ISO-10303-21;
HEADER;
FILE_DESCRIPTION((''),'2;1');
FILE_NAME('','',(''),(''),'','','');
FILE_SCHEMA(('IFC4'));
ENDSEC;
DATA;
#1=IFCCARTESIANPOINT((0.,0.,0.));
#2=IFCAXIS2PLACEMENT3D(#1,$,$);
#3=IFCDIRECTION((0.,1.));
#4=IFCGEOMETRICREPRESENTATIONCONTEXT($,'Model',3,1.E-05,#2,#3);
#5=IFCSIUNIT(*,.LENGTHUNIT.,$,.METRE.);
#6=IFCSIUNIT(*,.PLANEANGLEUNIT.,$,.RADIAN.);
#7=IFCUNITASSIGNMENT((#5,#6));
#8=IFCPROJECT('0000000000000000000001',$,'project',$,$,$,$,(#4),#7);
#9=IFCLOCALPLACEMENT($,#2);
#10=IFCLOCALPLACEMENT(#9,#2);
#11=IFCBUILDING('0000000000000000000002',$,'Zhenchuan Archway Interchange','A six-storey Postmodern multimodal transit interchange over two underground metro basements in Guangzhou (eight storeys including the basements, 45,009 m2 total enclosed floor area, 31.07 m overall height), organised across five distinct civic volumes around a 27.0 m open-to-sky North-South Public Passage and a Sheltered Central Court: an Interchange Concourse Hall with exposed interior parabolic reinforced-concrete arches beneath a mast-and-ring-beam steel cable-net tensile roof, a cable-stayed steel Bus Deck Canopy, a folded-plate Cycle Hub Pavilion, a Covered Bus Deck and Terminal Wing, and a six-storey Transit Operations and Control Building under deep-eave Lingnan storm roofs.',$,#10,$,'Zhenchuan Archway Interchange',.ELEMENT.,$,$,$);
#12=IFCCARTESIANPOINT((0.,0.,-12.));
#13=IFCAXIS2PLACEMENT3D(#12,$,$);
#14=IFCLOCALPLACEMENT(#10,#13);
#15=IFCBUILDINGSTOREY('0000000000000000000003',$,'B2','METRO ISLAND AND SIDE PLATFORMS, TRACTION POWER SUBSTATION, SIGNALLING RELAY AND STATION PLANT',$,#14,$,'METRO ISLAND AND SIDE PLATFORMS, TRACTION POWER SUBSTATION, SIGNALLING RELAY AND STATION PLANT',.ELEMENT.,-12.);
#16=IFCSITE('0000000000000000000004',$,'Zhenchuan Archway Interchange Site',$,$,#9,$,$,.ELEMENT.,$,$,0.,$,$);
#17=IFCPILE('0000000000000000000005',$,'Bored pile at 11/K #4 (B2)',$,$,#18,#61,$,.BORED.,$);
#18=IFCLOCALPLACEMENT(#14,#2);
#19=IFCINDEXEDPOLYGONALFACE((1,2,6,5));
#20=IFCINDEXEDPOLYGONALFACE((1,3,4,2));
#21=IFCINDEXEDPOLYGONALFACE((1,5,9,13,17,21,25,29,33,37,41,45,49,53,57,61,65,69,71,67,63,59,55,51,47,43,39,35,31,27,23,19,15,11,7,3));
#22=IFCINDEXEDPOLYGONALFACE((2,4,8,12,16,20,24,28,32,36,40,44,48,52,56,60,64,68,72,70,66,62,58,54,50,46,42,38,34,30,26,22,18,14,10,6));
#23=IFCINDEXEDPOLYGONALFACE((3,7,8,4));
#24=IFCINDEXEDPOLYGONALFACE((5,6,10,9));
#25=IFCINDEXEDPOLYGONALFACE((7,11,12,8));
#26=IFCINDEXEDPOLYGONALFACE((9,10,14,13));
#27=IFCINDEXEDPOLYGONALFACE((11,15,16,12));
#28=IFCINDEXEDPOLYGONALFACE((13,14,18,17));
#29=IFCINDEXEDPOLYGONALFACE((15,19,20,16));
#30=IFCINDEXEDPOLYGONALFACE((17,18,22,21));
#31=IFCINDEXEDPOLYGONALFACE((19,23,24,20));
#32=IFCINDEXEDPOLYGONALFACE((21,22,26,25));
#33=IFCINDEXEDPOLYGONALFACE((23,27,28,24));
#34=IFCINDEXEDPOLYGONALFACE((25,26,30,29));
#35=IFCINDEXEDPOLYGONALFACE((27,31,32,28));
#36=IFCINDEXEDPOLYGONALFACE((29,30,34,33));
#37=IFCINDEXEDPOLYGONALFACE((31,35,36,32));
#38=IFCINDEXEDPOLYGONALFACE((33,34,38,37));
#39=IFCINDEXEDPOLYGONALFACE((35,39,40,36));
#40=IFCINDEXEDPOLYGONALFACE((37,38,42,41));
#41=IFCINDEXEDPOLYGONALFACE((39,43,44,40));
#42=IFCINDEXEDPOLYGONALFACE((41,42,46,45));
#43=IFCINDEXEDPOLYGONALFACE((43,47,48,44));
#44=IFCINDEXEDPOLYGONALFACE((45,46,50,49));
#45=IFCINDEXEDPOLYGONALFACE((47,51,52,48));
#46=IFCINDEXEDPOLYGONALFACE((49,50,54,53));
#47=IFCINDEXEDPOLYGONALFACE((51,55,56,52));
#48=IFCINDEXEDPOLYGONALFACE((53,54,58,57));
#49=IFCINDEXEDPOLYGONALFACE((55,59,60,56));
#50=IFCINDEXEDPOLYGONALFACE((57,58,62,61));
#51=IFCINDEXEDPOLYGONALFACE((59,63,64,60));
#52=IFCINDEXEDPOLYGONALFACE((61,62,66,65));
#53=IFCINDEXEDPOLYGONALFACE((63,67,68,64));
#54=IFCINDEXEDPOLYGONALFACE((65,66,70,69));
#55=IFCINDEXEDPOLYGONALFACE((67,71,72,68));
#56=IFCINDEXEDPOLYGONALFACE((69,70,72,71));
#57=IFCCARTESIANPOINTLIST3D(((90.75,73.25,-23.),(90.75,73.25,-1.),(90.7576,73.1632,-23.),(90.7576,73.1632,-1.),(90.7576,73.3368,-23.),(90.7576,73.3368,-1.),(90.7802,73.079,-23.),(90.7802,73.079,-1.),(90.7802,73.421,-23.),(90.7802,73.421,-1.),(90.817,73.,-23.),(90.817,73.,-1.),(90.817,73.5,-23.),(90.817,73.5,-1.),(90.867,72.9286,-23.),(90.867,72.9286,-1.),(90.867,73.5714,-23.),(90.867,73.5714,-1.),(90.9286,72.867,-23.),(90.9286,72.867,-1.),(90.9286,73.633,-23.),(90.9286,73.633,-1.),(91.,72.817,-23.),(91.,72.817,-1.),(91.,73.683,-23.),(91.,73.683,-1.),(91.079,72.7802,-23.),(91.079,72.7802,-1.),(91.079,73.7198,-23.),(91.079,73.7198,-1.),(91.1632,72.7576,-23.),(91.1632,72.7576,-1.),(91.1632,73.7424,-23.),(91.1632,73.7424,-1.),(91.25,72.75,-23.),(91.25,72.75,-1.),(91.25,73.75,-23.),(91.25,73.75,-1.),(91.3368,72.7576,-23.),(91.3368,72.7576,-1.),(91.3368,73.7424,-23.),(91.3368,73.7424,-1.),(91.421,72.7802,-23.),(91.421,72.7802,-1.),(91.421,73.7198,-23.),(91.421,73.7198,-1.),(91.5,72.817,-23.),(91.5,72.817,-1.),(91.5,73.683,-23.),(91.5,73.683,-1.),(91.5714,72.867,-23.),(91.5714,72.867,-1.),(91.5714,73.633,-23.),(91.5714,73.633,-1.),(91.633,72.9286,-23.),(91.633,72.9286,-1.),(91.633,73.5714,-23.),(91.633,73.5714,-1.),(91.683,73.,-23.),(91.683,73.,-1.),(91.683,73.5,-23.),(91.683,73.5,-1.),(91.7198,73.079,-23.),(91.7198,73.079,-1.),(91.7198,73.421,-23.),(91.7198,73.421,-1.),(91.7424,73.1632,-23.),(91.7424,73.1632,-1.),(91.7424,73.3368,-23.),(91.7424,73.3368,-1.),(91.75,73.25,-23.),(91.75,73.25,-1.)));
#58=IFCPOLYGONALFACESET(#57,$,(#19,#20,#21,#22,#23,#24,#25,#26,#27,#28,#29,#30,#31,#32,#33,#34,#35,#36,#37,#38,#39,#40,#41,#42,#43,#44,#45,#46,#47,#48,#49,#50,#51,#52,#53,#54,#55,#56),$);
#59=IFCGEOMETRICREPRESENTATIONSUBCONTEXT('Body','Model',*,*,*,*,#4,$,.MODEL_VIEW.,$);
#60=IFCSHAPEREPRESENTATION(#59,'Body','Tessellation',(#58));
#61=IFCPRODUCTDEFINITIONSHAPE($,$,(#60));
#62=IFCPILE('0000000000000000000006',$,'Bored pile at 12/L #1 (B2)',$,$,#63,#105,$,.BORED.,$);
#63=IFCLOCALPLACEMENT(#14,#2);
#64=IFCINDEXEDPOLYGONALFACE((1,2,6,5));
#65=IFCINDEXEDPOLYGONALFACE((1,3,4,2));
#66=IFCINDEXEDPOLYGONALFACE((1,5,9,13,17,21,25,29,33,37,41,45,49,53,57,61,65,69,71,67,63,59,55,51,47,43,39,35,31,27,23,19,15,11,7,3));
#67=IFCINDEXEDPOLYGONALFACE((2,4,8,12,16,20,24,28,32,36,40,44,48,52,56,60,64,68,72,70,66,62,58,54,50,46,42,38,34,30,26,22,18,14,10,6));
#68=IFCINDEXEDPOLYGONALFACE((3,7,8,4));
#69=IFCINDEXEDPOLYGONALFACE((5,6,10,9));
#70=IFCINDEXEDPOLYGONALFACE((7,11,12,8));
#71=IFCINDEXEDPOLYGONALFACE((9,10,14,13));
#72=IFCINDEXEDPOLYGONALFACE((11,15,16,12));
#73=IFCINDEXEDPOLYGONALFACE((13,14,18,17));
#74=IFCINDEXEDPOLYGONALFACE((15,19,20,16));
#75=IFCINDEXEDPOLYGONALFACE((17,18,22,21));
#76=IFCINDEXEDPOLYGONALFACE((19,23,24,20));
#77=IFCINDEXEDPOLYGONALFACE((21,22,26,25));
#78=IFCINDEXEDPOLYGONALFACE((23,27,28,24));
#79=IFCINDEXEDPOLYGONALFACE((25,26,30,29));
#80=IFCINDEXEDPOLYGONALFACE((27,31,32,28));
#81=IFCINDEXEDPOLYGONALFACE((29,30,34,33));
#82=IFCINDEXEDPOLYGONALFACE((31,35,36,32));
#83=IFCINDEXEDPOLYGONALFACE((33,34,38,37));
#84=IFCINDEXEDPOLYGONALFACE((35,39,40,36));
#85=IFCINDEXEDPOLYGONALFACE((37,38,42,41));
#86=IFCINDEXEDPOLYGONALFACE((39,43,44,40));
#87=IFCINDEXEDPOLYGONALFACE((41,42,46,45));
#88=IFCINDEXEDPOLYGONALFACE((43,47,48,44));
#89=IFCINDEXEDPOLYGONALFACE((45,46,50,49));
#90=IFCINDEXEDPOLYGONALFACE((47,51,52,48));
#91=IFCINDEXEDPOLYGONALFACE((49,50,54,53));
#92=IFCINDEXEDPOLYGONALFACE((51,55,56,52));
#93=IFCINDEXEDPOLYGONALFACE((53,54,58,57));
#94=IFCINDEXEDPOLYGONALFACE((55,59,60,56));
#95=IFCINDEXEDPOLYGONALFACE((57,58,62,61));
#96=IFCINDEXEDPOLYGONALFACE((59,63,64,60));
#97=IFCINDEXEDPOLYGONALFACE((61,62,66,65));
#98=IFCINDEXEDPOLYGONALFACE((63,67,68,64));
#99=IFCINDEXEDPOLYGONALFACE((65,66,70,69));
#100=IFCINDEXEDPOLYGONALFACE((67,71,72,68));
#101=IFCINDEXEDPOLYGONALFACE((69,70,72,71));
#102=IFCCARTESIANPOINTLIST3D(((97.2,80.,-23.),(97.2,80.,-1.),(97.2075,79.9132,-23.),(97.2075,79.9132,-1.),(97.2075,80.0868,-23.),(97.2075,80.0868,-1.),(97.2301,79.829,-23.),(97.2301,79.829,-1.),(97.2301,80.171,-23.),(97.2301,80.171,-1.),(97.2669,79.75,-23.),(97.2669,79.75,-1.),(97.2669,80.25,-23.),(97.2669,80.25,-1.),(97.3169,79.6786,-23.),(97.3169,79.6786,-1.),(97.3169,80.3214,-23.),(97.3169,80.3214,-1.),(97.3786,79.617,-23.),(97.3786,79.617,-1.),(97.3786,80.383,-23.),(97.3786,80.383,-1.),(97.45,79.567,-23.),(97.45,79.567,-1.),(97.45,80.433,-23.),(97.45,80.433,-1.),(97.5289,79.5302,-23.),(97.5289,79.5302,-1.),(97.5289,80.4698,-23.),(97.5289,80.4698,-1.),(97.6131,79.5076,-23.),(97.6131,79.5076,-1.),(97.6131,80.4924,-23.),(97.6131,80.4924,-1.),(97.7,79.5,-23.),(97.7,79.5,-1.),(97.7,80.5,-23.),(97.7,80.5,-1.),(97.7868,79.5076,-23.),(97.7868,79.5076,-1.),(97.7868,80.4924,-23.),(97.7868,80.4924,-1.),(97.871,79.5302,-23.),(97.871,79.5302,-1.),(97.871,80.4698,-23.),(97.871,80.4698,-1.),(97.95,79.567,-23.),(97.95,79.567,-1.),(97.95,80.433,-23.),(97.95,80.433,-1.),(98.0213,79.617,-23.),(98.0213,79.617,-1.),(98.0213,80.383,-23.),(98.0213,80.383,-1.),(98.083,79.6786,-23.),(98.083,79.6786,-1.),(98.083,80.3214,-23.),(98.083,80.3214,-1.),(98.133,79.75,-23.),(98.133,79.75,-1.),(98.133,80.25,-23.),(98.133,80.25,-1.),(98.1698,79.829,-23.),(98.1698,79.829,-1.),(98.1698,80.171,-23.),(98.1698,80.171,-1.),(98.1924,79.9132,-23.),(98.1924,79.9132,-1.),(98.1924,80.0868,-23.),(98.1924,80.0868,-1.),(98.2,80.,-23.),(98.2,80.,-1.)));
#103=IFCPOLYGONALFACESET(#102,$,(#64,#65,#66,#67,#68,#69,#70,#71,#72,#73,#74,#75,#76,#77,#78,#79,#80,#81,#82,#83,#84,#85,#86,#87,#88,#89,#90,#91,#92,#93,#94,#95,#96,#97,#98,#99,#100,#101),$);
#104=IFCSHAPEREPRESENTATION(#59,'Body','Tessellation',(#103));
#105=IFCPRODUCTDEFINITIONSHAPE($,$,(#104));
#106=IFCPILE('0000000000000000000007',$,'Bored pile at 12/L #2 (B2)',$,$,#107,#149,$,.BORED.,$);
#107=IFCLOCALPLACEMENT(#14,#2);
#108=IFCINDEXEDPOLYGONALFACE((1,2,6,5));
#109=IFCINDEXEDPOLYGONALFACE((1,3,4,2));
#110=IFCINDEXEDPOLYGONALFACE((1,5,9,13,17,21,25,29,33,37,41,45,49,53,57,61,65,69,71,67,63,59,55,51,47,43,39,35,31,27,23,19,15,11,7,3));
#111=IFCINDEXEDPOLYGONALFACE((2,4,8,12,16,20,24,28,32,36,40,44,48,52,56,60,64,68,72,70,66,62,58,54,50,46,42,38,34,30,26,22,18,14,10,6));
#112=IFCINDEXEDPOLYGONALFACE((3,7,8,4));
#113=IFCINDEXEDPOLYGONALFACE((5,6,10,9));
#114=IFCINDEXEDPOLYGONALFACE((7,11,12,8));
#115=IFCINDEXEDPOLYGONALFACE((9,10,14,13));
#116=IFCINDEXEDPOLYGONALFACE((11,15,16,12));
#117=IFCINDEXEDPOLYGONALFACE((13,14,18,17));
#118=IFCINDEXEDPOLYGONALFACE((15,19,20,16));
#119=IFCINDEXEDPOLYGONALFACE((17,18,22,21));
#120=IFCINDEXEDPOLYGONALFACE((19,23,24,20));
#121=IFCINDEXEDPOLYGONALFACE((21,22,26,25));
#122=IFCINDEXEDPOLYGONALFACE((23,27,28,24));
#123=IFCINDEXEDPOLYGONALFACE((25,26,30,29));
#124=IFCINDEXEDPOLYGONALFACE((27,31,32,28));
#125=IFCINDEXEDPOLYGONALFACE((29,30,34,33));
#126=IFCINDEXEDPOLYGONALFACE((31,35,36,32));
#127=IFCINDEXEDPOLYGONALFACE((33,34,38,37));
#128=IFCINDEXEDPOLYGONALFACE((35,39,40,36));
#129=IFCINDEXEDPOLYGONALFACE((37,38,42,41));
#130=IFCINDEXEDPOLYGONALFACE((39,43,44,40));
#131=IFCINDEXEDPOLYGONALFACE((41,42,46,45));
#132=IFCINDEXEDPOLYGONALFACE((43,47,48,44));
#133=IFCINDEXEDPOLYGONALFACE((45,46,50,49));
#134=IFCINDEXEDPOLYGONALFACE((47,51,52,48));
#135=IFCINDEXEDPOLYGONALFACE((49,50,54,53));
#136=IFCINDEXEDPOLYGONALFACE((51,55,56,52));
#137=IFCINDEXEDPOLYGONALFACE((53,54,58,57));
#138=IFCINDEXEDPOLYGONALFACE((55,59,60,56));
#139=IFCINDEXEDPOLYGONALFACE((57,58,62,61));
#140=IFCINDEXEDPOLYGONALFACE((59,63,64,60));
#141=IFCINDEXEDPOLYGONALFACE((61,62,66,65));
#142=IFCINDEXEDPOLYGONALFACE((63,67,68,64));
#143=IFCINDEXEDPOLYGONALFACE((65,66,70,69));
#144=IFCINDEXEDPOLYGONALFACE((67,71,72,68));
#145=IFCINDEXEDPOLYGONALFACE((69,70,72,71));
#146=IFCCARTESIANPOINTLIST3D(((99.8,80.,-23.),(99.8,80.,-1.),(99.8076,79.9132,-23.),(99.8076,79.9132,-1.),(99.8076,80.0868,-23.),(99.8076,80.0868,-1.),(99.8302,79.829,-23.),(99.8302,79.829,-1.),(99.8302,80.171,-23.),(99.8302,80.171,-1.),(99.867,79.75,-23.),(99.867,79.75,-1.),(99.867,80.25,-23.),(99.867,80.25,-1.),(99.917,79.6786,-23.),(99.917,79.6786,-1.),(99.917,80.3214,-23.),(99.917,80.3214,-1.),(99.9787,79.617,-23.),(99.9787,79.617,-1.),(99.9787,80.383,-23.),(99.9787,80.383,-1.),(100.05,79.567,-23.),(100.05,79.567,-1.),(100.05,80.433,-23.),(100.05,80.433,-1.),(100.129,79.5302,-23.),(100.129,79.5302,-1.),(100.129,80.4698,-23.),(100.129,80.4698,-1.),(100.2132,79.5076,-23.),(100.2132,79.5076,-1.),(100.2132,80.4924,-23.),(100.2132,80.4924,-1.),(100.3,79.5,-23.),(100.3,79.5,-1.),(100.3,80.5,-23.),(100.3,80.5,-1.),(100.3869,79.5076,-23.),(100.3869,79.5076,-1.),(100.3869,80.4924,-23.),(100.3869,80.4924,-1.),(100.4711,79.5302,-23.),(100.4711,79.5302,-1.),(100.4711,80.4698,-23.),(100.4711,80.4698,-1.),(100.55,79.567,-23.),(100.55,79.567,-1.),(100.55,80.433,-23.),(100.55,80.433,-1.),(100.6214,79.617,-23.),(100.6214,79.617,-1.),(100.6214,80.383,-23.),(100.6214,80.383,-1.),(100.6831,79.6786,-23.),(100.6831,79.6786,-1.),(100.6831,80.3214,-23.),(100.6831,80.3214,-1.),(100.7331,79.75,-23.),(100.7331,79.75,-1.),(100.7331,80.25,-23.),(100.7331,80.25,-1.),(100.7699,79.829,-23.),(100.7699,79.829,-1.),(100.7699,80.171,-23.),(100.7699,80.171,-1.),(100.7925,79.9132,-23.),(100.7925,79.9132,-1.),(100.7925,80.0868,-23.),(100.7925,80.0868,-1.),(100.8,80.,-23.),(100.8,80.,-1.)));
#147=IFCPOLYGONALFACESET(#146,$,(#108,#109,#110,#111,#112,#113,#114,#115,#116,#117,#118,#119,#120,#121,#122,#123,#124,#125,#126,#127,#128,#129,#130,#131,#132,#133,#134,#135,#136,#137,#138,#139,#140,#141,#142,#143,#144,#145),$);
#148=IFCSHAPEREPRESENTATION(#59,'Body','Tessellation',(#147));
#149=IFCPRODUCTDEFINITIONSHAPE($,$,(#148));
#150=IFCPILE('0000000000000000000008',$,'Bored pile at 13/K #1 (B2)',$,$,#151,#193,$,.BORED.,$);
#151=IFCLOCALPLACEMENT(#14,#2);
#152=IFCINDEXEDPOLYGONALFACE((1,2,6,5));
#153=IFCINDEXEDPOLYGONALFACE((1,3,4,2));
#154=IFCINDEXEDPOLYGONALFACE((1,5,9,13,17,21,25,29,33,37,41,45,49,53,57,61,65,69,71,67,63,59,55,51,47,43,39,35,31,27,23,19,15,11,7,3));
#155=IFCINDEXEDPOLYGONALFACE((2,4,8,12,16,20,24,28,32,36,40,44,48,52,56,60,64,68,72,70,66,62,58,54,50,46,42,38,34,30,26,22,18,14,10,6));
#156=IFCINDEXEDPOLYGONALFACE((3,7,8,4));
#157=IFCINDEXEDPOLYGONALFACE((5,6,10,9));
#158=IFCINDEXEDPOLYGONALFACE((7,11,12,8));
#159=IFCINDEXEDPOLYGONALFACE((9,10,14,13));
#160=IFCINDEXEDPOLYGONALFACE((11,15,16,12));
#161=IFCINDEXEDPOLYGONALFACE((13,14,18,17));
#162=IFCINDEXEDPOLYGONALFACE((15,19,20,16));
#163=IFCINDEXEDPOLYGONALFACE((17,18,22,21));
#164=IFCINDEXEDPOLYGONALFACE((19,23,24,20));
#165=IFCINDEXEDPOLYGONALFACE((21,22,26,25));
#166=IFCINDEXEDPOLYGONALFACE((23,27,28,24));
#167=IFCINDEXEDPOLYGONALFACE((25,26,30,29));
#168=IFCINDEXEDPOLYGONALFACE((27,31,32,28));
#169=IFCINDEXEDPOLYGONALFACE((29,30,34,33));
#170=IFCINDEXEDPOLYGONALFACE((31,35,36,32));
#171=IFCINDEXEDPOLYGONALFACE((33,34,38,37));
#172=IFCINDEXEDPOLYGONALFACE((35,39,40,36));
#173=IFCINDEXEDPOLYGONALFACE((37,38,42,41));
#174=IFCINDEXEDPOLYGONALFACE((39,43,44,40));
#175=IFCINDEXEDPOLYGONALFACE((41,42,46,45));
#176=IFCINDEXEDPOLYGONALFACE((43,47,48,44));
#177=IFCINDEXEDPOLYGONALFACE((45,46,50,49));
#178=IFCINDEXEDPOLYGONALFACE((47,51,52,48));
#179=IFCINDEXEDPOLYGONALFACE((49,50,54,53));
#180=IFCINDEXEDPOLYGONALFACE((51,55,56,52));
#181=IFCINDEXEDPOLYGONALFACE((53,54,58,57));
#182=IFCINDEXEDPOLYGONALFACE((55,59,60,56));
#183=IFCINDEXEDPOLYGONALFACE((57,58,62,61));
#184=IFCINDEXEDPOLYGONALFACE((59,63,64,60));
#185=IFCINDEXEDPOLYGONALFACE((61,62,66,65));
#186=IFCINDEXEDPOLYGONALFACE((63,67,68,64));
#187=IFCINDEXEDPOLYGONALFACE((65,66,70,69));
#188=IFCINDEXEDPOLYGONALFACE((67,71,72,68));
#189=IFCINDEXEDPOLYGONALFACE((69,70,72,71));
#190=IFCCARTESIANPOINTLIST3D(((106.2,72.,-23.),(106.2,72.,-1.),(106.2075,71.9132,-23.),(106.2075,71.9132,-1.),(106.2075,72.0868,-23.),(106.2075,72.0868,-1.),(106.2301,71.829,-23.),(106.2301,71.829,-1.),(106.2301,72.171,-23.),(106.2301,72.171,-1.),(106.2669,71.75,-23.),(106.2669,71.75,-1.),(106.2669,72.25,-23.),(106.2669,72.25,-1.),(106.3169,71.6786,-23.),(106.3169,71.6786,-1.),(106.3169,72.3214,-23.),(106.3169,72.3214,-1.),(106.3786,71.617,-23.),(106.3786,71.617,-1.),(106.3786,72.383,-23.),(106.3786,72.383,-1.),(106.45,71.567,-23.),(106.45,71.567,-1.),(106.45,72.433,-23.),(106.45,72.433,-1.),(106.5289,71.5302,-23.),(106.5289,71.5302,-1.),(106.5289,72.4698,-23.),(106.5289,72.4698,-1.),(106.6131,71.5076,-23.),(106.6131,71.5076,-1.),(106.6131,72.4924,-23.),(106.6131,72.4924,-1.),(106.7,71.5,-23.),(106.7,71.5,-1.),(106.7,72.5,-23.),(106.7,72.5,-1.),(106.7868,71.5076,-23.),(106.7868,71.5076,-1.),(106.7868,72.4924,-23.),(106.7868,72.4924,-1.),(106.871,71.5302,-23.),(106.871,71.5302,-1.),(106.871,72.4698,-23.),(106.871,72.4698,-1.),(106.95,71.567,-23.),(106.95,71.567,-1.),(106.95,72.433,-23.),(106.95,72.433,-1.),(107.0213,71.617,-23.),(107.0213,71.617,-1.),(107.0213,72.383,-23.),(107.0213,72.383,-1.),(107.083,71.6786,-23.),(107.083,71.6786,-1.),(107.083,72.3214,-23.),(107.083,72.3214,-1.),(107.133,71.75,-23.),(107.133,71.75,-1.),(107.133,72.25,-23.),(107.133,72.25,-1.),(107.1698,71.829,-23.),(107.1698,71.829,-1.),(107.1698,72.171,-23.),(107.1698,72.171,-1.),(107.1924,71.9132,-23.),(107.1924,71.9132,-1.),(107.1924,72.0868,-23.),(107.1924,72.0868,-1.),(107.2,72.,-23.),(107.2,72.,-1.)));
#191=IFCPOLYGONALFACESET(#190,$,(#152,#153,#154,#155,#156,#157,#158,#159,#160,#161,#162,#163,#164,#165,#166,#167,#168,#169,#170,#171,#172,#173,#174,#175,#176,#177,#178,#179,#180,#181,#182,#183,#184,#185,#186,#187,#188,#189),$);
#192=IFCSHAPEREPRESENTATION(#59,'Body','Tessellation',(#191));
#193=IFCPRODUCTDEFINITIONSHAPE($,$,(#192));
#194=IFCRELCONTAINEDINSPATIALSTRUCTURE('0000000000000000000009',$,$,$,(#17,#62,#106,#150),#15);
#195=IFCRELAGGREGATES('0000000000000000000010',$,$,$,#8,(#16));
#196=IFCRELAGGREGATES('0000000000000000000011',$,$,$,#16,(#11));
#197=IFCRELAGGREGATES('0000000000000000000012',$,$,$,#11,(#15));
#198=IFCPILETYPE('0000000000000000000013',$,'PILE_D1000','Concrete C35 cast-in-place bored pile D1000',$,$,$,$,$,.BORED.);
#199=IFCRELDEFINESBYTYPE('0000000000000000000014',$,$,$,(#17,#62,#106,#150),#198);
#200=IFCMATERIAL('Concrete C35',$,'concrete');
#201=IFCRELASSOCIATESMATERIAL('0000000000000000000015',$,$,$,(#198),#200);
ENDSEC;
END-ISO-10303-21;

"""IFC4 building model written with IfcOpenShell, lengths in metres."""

from ifc_helpers import new_model, si_unit, direction, frame, origin, origin_2d, place, context, subcontext, project, spatial, circle, extrude, material, material_profile, profile_set, type_object, element, save


model = new_model("IFC4")

# Units and contexts
model_context = context("Model", 3, precision=1e-05, world=origin(), true_north=direction((0.0, 1.0)))
body_context = subcontext(model_context, "Body", "Model", "MODEL_VIEW")
ifc_project = project(units=[si_unit("LENGTHUNIT", "METRE"), si_unit("PLANEANGLEUNIT", "RADIAN")], contexts=[model_context])

# Site, building, storey
site_placement = place(None, origin())
site = spatial("IfcSite", under=ifc_project, at=site_placement, Name="Zhenchuan Archway Interchange Site", CompositionType="ELEMENT", RefElevation=0.0)
building_placement = place(site_placement, origin())
building = spatial("IfcBuilding", under=site, at=building_placement, Name="Zhenchuan Archway Interchange", Description="A six-storey Postmodern multimodal transit interchange over two underground metro basements in Guangzhou (eight storeys including the basements, 45,009 m2 total enclosed floor area, 31.07 m overall height), organised across five distinct civic volumes around a 27.0 m open-to-sky North-South Public Passage and a Sheltered Central Court: an Interchange Concourse Hall with exposed interior parabolic reinforced-concrete arches beneath a mast-and-ring-beam steel cable-net tensile roof, a cable-stayed steel Bus Deck Canopy, a folded-plate Cycle Hub Pavilion, a Covered Bus Deck and Terminal Wing, and a six-storey Transit Operations and Control Building under deep-eave Lingnan storm roofs.", LongName="Zhenchuan Archway Interchange", CompositionType="ELEMENT")
storey_placement = place(building_placement, frame((0.0, 0.0, -12.0)))
storey = spatial("IfcBuildingStorey", under=building, at=storey_placement, Name="B2", Description="METRO ISLAND AND SIDE PLATFORMS, TRACTION POWER SUBSTATION, SIGNALLING RELAY AND STATION PLANT", LongName="METRO ISLAND AND SIDE PLATFORMS, TRACTION POWER SUBSTATION, SIGNALLING RELAY AND STATION PLANT", CompositionType="ELEMENT", Elevation=-12.0)

# Piles
ifc_material_1 = material(Name="Concrete C35", Category="concrete")
ifc_material_profile_1 = material_profile(ifc_material_1, circle(Radius=0.5, at=origin_2d()), Name="BORED PILE 1000")
ifc_profile_set_1 = profile_set([ifc_material_profile_1], Name="Concrete C35")
pile_type_1 = type_object("IfcPileType", Name="PILE_D1000", Description="Concrete C35 cast-in-place bored pile D1000", PredefinedType="BORED", material=ifc_profile_set_1)
for number, where, z_axis, x_axis, name in (
    (1, (91.25, 73.25, -1.0), (0.0, 0.0, -1.0), (1.0, 0.0, 0.0), "Bored pile at 11/K #4 (B2)"),
    (2, (97.7, 80.0, -1.0), (0.0, 0.0, -1.0), (1.0, 0.0, 0.0), "Bored pile at 12/L #1 (B2)"),
    (3, (100.3, 80.0, -1.0), (0.0, 0.0, -1.0), (1.0, 0.0, 0.0), "Bored pile at 12/L #2 (B2)"),
    (4, (106.7, 72.0, -1.0), (0.0, 0.0, -1.0), (1.0, 0.0, 0.0), "Bored pile at 13/K #1 (B2)"),
):
    element("IfcPile", number, at=place(storey_placement, frame(where, z_axis=z_axis, x_axis=x_axis)), inside=storey, type_object=pile_type_1, Name=name, PredefinedType="BORED", context=body_context, shape_type="SweptSolid", body=[
        extrude(circle(Radius=0.5, at=origin_2d()), origin(), (0.0, 0.0, 1.0), 22.0),
    ])

save(model, "model.ifc")
